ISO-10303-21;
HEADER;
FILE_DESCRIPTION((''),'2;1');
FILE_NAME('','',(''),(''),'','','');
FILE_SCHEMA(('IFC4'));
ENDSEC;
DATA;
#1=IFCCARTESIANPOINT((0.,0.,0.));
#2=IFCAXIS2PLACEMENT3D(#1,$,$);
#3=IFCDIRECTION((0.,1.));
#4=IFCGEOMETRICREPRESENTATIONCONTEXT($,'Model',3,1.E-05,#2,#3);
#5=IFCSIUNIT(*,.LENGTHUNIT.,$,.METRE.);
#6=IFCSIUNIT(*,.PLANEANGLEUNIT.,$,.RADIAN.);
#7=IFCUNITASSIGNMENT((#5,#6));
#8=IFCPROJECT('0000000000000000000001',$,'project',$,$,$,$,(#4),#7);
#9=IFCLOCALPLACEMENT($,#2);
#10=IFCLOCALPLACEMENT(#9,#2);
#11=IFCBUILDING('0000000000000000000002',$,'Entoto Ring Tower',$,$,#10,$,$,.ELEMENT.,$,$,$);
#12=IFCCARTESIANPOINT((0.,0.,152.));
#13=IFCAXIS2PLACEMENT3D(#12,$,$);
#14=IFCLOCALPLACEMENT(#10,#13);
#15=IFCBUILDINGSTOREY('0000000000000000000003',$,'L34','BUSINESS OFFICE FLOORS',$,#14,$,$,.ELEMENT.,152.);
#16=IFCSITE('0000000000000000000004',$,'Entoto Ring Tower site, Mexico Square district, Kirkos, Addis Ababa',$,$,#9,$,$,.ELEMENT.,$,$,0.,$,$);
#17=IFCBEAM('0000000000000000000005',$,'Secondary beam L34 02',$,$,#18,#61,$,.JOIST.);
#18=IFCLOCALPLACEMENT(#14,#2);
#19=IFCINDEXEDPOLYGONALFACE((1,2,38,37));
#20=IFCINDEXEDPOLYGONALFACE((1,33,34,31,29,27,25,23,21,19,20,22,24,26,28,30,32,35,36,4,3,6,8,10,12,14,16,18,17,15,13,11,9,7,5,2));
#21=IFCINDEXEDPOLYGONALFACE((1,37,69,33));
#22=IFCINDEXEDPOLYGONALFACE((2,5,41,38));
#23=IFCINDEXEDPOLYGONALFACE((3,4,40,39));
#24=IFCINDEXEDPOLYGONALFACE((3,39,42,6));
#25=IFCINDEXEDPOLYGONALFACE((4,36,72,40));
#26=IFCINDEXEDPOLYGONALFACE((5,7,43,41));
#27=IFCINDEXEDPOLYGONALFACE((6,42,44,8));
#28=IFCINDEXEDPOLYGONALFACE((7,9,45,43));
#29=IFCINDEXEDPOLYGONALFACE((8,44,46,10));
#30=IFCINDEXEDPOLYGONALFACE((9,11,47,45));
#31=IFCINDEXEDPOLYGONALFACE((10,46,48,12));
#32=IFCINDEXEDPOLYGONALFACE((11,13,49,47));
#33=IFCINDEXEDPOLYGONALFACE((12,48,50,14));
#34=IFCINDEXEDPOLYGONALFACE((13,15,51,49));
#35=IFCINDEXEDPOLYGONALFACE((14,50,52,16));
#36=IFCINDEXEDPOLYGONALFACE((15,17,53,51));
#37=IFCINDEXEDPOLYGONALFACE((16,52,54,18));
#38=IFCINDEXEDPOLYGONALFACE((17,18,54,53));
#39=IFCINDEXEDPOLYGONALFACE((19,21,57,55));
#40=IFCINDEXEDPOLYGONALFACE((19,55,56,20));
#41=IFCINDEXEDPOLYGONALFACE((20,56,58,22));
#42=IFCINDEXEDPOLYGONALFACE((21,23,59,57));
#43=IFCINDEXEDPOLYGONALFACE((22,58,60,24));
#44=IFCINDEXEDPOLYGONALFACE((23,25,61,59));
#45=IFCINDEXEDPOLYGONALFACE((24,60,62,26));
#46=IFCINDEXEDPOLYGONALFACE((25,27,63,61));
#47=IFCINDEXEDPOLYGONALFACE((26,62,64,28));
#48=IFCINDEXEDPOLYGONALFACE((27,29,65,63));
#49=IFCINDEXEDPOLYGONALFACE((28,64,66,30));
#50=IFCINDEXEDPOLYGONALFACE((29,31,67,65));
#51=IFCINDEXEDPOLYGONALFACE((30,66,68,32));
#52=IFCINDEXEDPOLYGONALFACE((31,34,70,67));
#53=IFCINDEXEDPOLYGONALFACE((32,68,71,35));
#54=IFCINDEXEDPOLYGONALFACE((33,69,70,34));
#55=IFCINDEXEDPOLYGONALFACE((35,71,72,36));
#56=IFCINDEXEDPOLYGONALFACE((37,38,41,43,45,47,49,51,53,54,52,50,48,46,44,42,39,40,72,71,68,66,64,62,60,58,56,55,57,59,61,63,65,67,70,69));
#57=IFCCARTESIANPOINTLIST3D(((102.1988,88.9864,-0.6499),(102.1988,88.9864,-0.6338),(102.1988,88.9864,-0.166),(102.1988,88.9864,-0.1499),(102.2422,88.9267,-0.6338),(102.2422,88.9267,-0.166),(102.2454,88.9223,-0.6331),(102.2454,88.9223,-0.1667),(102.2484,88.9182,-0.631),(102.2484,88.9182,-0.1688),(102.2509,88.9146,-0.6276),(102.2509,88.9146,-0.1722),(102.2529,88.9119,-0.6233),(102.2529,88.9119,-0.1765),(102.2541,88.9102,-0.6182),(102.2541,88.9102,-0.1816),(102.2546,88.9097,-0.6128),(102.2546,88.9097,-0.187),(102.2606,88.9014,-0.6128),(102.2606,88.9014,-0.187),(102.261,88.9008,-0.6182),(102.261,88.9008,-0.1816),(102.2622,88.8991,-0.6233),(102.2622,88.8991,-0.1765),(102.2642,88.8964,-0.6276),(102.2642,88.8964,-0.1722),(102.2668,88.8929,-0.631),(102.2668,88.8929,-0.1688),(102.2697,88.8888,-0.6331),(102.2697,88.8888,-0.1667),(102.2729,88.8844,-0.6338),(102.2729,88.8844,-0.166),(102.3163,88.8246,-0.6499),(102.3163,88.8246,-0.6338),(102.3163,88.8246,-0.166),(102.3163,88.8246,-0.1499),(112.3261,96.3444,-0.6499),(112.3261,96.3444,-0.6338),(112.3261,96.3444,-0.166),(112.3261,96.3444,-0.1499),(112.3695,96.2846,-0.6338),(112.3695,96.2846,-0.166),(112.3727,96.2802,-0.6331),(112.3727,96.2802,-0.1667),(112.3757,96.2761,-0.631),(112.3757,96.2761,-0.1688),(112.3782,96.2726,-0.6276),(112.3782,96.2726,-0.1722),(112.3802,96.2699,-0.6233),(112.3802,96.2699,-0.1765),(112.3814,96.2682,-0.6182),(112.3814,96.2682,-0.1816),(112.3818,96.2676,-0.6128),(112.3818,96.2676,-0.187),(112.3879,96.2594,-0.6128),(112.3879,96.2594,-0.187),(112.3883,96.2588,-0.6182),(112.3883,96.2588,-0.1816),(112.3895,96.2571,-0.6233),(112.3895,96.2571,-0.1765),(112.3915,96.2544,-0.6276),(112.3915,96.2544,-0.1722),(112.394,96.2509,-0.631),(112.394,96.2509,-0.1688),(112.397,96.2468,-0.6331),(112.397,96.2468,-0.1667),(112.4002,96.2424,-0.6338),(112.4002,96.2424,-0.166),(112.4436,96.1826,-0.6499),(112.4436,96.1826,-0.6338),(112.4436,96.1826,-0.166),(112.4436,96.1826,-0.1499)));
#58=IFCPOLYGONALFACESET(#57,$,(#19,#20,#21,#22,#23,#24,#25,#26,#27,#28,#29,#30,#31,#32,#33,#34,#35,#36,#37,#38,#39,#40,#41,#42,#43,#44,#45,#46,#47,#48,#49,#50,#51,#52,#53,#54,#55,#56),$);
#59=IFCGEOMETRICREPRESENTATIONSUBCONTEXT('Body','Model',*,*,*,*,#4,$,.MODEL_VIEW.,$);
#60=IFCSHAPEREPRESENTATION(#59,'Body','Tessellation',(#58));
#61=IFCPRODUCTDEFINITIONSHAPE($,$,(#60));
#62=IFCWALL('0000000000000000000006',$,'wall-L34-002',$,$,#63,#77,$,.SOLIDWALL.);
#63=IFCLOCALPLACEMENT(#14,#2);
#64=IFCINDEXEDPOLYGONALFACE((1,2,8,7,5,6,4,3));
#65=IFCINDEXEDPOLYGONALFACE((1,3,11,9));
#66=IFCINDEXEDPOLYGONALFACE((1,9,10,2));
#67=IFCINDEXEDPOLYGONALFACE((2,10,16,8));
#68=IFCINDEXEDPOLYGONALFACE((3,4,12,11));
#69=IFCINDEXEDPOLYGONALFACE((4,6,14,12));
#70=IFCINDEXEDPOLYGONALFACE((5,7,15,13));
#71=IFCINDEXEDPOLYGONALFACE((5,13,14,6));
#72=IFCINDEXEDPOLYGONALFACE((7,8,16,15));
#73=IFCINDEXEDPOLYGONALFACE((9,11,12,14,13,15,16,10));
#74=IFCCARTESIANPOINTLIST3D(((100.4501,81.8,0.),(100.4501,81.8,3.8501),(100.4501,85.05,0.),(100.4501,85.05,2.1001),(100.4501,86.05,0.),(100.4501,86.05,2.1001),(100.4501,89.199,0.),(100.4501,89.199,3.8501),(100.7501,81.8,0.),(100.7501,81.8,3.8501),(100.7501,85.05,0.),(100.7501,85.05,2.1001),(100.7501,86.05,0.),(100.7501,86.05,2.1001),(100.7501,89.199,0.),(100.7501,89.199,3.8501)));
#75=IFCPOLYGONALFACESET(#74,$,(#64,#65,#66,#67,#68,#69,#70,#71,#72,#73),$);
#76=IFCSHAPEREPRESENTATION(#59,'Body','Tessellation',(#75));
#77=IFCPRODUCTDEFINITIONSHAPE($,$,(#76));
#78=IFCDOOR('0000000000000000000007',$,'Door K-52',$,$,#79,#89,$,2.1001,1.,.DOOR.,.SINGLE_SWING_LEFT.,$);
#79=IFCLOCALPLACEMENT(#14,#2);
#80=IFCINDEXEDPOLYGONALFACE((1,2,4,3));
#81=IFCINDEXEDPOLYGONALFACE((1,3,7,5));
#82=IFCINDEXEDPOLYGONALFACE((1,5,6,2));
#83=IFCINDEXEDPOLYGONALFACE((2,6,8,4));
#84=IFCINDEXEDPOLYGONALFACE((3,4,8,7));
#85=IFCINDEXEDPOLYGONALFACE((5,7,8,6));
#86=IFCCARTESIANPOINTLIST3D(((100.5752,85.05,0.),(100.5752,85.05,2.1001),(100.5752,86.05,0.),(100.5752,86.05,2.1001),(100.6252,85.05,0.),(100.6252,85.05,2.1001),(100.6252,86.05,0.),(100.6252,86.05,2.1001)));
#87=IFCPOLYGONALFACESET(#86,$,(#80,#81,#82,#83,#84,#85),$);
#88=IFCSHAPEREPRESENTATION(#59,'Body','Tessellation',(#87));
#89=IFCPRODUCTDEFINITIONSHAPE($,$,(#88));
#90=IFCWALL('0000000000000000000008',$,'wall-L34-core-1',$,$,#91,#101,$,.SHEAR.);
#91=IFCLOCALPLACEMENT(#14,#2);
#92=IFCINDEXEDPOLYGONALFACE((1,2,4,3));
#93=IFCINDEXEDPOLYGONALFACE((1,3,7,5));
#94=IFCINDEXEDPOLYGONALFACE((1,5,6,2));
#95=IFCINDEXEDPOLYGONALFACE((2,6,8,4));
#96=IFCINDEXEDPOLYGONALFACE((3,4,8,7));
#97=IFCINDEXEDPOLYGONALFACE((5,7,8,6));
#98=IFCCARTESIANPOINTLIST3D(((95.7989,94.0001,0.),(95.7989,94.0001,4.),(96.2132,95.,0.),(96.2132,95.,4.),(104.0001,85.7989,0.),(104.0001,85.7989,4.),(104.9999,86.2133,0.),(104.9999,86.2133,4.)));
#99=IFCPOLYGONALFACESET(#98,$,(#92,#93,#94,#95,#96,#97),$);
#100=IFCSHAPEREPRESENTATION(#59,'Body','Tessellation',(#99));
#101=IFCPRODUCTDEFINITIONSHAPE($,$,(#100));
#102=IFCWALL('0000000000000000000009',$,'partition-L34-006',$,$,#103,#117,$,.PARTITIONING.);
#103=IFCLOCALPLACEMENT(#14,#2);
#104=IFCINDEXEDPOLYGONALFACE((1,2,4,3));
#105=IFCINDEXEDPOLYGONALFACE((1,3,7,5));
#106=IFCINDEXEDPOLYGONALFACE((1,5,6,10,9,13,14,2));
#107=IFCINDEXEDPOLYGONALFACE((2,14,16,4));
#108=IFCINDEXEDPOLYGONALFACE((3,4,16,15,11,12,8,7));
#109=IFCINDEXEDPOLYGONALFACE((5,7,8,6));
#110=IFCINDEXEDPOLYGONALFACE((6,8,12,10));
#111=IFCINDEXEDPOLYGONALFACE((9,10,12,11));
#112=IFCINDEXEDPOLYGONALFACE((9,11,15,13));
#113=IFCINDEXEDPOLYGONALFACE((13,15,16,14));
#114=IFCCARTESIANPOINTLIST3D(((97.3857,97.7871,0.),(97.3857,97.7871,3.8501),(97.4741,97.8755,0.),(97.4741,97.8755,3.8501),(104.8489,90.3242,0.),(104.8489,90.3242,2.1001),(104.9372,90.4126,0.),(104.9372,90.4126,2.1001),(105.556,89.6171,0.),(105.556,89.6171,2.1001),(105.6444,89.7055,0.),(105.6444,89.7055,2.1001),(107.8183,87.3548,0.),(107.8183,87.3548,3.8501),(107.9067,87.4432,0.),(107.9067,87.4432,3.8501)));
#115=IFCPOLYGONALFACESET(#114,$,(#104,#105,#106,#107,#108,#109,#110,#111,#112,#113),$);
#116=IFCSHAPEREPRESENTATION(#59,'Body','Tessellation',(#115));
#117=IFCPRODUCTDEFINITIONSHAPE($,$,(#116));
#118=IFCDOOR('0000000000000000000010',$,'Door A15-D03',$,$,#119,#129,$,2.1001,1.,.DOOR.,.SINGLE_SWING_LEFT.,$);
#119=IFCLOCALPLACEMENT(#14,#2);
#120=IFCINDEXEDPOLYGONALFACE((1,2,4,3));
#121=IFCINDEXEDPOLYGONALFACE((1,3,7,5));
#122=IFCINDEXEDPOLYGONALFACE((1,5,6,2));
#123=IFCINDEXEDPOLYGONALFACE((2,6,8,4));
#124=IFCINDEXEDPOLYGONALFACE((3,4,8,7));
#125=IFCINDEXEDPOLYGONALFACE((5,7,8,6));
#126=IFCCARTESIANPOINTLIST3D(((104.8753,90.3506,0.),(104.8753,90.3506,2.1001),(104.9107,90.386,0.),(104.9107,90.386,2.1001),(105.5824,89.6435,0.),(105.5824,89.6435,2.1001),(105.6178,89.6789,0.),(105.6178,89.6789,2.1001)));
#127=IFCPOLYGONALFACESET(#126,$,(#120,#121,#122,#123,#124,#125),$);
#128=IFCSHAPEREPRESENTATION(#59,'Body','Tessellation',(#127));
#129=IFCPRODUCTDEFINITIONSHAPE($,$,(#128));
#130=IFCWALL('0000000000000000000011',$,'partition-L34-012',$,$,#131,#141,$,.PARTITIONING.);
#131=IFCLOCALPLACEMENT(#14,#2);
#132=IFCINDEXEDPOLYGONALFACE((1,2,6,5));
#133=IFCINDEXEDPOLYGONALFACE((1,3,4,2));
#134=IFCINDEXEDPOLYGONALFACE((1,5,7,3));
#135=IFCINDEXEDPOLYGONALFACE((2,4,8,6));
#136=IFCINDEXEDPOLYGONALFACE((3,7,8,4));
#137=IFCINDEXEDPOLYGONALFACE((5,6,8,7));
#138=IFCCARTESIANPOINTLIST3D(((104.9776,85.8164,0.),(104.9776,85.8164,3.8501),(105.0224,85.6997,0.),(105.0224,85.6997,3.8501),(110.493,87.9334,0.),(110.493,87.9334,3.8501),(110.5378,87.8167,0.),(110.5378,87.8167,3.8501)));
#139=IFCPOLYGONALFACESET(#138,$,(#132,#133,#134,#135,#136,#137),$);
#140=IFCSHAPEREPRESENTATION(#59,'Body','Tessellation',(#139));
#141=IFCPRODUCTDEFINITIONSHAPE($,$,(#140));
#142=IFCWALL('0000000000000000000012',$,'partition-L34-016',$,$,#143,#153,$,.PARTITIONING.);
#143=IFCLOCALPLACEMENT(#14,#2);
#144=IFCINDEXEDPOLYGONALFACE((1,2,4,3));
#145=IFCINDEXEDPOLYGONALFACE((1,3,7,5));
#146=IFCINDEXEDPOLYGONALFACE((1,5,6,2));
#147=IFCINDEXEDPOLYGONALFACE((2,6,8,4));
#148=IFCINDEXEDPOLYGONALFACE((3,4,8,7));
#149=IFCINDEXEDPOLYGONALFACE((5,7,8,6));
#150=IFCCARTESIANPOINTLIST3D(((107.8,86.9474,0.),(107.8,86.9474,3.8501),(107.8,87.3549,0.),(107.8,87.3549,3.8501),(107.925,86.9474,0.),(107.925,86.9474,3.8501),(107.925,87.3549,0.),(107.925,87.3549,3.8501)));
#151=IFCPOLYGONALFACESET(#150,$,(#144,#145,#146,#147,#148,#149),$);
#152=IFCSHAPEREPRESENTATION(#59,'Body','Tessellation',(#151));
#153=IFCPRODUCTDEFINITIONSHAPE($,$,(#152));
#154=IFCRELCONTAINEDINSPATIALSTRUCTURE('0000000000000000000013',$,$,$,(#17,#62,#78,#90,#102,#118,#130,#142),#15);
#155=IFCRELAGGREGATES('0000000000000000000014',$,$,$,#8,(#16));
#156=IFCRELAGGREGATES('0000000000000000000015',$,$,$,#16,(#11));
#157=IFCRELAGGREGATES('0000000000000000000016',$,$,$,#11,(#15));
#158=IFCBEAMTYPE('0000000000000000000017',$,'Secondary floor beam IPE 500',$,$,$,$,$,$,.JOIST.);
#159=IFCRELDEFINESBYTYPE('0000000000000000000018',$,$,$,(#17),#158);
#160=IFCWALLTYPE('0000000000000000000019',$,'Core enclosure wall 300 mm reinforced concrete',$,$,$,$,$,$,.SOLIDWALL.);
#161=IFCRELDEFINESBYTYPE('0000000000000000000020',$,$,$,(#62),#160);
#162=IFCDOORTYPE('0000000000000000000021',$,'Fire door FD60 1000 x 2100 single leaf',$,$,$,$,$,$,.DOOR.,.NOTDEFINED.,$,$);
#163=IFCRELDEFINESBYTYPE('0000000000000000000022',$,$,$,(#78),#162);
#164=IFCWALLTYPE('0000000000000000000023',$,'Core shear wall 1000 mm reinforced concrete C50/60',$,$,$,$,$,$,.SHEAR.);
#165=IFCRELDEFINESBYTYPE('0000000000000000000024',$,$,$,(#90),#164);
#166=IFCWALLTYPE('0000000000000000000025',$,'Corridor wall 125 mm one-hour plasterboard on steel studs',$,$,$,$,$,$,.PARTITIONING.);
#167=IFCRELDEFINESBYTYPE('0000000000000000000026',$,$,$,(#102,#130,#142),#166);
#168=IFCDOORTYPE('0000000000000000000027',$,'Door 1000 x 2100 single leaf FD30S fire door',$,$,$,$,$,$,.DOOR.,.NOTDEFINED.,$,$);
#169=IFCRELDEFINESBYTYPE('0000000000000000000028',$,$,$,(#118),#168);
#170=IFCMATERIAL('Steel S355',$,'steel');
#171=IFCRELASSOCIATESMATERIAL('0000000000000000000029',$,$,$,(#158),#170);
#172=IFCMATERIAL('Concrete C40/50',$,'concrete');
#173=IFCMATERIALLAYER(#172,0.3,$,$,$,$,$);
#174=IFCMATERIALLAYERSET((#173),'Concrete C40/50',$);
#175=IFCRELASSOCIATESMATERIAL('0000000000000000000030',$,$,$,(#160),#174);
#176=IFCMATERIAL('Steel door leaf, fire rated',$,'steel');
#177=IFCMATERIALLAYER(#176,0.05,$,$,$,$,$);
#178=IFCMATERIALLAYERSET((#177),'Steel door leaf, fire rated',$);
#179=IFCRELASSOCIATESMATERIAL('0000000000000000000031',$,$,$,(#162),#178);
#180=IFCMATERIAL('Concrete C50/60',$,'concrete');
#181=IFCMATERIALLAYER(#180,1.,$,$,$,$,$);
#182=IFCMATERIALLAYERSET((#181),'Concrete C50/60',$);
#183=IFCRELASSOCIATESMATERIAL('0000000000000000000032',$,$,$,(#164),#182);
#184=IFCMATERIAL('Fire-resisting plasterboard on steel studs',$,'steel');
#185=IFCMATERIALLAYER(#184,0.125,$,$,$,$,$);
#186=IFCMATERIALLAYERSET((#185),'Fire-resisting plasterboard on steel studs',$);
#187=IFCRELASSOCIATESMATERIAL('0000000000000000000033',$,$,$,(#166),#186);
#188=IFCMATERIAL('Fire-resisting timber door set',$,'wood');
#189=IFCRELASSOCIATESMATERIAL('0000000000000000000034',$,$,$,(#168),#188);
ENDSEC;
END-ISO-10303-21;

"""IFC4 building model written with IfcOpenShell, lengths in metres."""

from ifc_helpers import new_model, si_unit, direction, frame, frame_2d, origin, origin_2d, place, context, subcontext, project, spatial, polyline, rectangle, i_section, outline, extrude, material, layer, layer_set, material_profile, profile_set, type_object, element, fill, save


model = new_model("IFC4")

# Units and contexts
model_context = context("Model", 3, precision=1e-05, world=origin(), true_north=direction((0.0, 1.0)))
body_context = subcontext(model_context, "Body", "Model", "MODEL_VIEW")
ifc_project = project(units=[si_unit("LENGTHUNIT", "METRE"), si_unit("PLANEANGLEUNIT", "RADIAN")], contexts=[model_context])

# Site, building, storey
site_placement = place(None, origin())
site = spatial("IfcSite", under=ifc_project, at=site_placement, Name="Entoto Ring Tower site, Mexico Square district, Kirkos, Addis Ababa", CompositionType="ELEMENT", RefElevation=0.0)
building_placement = place(site_placement, origin())
building = spatial("IfcBuilding", under=site, at=building_placement, Name="Entoto Ring Tower", CompositionType="ELEMENT")
storey_placement = place(building_placement, frame((0.0, 0.0, 152.0)))
storey = spatial("IfcBuildingStorey", under=building, at=storey_placement, Name="L34", Description="BUSINESS OFFICE FLOORS", CompositionType="ELEMENT", Elevation=152.0)

# Beam
ifc_material_1 = material(Name="Steel S355", Category="steel")
ifc_material_profile_1 = material_profile(ifc_material_1, i_section(OverallWidth=0.2, OverallDepth=0.5, WebThickness=0.0103, FlangeThickness=0.0161, FilletRadius=0.021, at=origin_2d()), Name="IPE 500")
ifc_profile_set_1 = profile_set([ifc_material_profile_1], Name="Steel S355")
beam_type_1 = type_object("IfcBeamType", Name="Secondary floor beam IPE 500", PredefinedType="JOIST", material=ifc_profile_set_1)
beam_1_placement = place(storey_placement, frame((102.2576, 88.9055, -0.3999), z_axis=(0.809014, 0.587789, 0.0), x_axis=(-0.587789, 0.809014, 0.0)))
element("IfcBeam", 1, at=beam_1_placement, inside=storey, type_object=beam_type_1, Name="Secondary beam L34 02", PredefinedType="JOIST", context=body_context, shape_type="SweptSolid", body=[
    extrude(i_section(OverallWidth=0.2, OverallDepth=0.5, WebThickness=0.0103, FlangeThickness=0.0161, FilletRadius=0.021, at=origin_2d()), origin(), (0.0, 0.0, 1.0), 12.5181),
])

# Wall, opening, door
ifc_material_2 = material(Name="Concrete C40/50", Category="concrete")
ifc_layer_1 = layer(ifc_material_2, 0.3)
ifc_layer_set_1 = layer_set([ifc_layer_1], Name="Concrete C40/50")
wall_type_1 = type_object("IfcWallType", Name="Core enclosure wall 300 mm reinforced concrete", PredefinedType="SOLIDWALL", material=ifc_layer_set_1)
wall_1_placement = place(storey_placement, frame((100.6001, 81.8, 0.0), z_axis=(0.0, 0.0, 1.0), x_axis=(0.0, 1.0, 0.0)))
wall_1 = element("IfcWall", 2, at=wall_1_placement, inside=storey, type_object=wall_type_1, Name="wall-L34-002", PredefinedType="SOLIDWALL", context=body_context, shape_type="SweptSolid", body=[
    extrude(rectangle(XDim=7.3989, YDim=0.3, at=frame_2d((3.6995, 0.0))), origin(), (0.0, 0.0, 1.0), 3.8501),
])
opening_1_placement = place(wall_1_placement, frame((3.25, 0.0, 0.0)))
opening_1 = element("IfcOpeningElement", 3, at=opening_1_placement, cuts=wall_1, PredefinedType="OPENING", context=body_context, shape_type="SweptSolid", body=[
    extrude(rectangle(XDim=1.0, YDim=2.1001, at=frame_2d((0.5, 1.05))), frame((0.0, 0.1602, 0.0), z_axis=(0.0, -1.0, 0.0), x_axis=(1.0, 0.0, 0.0)), (0.0, 0.0, 1.0), 0.3201),
])
ifc_material_3 = material(Name="Steel door leaf, fire rated", Category="steel")
ifc_layer_2 = layer(ifc_material_3, 0.05)
ifc_layer_set_2 = layer_set([ifc_layer_2], Name="Steel door leaf, fire rated")
door_type_1 = type_object("IfcDoorType", Name="Fire door FD60 1000 x 2100 single leaf", OperationType="NOTDEFINED", PredefinedType="DOOR", material=ifc_layer_set_2)
door_1_placement = place(opening_1_placement, origin())
door_1 = element("IfcDoor", 4, at=door_1_placement, inside=storey, type_object=door_type_1, Name="Door K-52", OperationType="SINGLE_SWING_LEFT", OverallHeight=2.1001, OverallWidth=1.0, PredefinedType="DOOR", context=body_context, shape_type="SweptSolid", body=[
    extrude(rectangle(XDim=1.0, YDim=2.1001, at=frame_2d((0.5, 1.05))), frame((0.0, 0.0249, 0.0), z_axis=(0.0, -1.0, 0.0), x_axis=(1.0, 0.0, 0.0)), (0.0, 0.0, 1.0), 0.05),
])
fill(opening_1, door_1)

# Wall
ifc_material_4 = material(Name="Concrete C50/60", Category="concrete")
ifc_layer_3 = layer(ifc_material_4, 1.0)
ifc_layer_set_3 = layer_set([ifc_layer_3], Name="Concrete C50/60")
wall_type_2 = type_object("IfcWallType", Name="Core shear wall 1000 mm reinforced concrete C50/60", PredefinedType="SHEAR", material=ifc_layer_set_3)
wall_2_placement = place(storey_placement, frame((104.5, 86.0061, 0.0), z_axis=(0.0, 0.0, 1.0), x_axis=(-0.707107, 0.707107, 0.0)))
element("IfcWall", 5, at=wall_2_placement, inside=storey, type_object=wall_type_2, Name="wall-L34-core-1", PredefinedType="SHEAR", context=body_context, shape_type="SweptSolid", body=[
    extrude(outline(polyline([(-0.207, -0.5), (12.2192, -0.5), (11.8052, 0.5), (0.207, 0.5), (-0.207, -0.5)])), origin(), (0.0, 0.0, 1.0), 4.0),
])

# Wall, opening, door
ifc_material_5 = material(Name="Fire-resisting plasterboard on steel studs", Category="steel")
ifc_layer_4 = layer(ifc_material_5, 0.125)
ifc_layer_set_4 = layer_set([ifc_layer_4], Name="Fire-resisting plasterboard on steel studs")
wall_type_3 = type_object("IfcWallType", Name="Corridor wall 125 mm one-hour plasterboard on steel studs", PredefinedType="PARTITIONING", material=ifc_layer_set_4)
wall_3_placement = place(storey_placement, frame((107.8625, 87.3989, 0.0), z_axis=(0.0, 0.0, 1.0), x_axis=(-0.707115, 0.707099, 0.0)))
wall_3 = element("IfcWall", 6, at=wall_3_placement, inside=storey, type_object=wall_type_3, Name="partition-L34-006", PredefinedType="PARTITIONING", context=body_context, shape_type="SweptSolid", body=[
    extrude(rectangle(XDim=14.7537, YDim=0.125, at=frame_2d((7.377, 0.0))), origin(), (0.0, 0.0, 1.0), 3.8501),
])
opening_2_placement = place(wall_3_placement, frame((3.1995, 0.0, 0.0)))
opening_2 = element("IfcOpeningElement", 7, at=opening_2_placement, cuts=wall_3, PredefinedType="OPENING", context=body_context, shape_type="SweptSolid", body=[
    extrude(rectangle(XDim=1.0, YDim=2.1001, at=frame_2d((0.5, 1.05))), frame((0.0, 0.0725, 0.0), z_axis=(0.0, -1.0, 0.0), x_axis=(1.0, 0.0, 0.0)), (0.0, 0.0, 1.0), 0.145),
])
ifc_material_6 = material(Name="Fire-resisting timber door set", Category="wood")
door_type_2 = type_object("IfcDoorType", Name="Door 1000 x 2100 single leaf FD30S fire door", OperationType="NOTDEFINED", PredefinedType="DOOR", material=ifc_material_6)
door_2_placement = place(opening_2_placement, frame((1.0, 0.0, 0.0), z_axis=(0.0, 0.0, 1.0), x_axis=(-1.0, 0.0, 0.0)))
door_2 = element("IfcDoor", 8, at=door_2_placement, inside=storey, type_object=door_type_2, Name="Door A15-D03", OperationType="SINGLE_SWING_LEFT", OverallHeight=2.1001, OverallWidth=1.0, PredefinedType="DOOR", context=body_context, shape_type="SweptSolid", body=[
    extrude(rectangle(XDim=1.0, YDim=2.1001, at=frame_2d((0.5, 1.05))), frame((0.0, 0.0249, 0.0), z_axis=(0.0, -1.0, 0.0), x_axis=(1.0, 0.0, 0.0)), (0.0, 0.0, 1.0), 0.05),
])
fill(opening_2, door_2)

# Walls
wall_4_placement = place(storey_placement, frame((105.0, 85.7581, 0.0), z_axis=(0.0, 0.0, 1.0), x_axis=(0.933592, 0.358337, 0.0)))
element("IfcWall", 9, at=wall_4_placement, inside=storey, type_object=wall_type_3, Name="partition-L34-012", PredefinedType="PARTITIONING", context=body_context, shape_type="SweptSolid", body=[
    extrude(rectangle(XDim=5.9077, YDim=0.125, at=frame_2d((2.9539, 0.0))), origin(), (0.0, 0.0, 1.0), 3.8501),
])
wall_5_placement = place(storey_placement, frame((107.8625, 86.9475, 0.0), z_axis=(0.0, 0.0, 1.0), x_axis=(0.0, 1.0, 0.0)))
element("IfcWall", 10, at=wall_5_placement, inside=storey, type_object=wall_type_3, Name="partition-L34-016", PredefinedType="PARTITIONING", context=body_context, shape_type="SweptSolid", body=[
    extrude(rectangle(XDim=0.4075, YDim=0.125, at=frame_2d((0.2036, 0.0))), origin(), (0.0, 0.0, 1.0), 3.8501),
])

save(model, "model.ifc")
